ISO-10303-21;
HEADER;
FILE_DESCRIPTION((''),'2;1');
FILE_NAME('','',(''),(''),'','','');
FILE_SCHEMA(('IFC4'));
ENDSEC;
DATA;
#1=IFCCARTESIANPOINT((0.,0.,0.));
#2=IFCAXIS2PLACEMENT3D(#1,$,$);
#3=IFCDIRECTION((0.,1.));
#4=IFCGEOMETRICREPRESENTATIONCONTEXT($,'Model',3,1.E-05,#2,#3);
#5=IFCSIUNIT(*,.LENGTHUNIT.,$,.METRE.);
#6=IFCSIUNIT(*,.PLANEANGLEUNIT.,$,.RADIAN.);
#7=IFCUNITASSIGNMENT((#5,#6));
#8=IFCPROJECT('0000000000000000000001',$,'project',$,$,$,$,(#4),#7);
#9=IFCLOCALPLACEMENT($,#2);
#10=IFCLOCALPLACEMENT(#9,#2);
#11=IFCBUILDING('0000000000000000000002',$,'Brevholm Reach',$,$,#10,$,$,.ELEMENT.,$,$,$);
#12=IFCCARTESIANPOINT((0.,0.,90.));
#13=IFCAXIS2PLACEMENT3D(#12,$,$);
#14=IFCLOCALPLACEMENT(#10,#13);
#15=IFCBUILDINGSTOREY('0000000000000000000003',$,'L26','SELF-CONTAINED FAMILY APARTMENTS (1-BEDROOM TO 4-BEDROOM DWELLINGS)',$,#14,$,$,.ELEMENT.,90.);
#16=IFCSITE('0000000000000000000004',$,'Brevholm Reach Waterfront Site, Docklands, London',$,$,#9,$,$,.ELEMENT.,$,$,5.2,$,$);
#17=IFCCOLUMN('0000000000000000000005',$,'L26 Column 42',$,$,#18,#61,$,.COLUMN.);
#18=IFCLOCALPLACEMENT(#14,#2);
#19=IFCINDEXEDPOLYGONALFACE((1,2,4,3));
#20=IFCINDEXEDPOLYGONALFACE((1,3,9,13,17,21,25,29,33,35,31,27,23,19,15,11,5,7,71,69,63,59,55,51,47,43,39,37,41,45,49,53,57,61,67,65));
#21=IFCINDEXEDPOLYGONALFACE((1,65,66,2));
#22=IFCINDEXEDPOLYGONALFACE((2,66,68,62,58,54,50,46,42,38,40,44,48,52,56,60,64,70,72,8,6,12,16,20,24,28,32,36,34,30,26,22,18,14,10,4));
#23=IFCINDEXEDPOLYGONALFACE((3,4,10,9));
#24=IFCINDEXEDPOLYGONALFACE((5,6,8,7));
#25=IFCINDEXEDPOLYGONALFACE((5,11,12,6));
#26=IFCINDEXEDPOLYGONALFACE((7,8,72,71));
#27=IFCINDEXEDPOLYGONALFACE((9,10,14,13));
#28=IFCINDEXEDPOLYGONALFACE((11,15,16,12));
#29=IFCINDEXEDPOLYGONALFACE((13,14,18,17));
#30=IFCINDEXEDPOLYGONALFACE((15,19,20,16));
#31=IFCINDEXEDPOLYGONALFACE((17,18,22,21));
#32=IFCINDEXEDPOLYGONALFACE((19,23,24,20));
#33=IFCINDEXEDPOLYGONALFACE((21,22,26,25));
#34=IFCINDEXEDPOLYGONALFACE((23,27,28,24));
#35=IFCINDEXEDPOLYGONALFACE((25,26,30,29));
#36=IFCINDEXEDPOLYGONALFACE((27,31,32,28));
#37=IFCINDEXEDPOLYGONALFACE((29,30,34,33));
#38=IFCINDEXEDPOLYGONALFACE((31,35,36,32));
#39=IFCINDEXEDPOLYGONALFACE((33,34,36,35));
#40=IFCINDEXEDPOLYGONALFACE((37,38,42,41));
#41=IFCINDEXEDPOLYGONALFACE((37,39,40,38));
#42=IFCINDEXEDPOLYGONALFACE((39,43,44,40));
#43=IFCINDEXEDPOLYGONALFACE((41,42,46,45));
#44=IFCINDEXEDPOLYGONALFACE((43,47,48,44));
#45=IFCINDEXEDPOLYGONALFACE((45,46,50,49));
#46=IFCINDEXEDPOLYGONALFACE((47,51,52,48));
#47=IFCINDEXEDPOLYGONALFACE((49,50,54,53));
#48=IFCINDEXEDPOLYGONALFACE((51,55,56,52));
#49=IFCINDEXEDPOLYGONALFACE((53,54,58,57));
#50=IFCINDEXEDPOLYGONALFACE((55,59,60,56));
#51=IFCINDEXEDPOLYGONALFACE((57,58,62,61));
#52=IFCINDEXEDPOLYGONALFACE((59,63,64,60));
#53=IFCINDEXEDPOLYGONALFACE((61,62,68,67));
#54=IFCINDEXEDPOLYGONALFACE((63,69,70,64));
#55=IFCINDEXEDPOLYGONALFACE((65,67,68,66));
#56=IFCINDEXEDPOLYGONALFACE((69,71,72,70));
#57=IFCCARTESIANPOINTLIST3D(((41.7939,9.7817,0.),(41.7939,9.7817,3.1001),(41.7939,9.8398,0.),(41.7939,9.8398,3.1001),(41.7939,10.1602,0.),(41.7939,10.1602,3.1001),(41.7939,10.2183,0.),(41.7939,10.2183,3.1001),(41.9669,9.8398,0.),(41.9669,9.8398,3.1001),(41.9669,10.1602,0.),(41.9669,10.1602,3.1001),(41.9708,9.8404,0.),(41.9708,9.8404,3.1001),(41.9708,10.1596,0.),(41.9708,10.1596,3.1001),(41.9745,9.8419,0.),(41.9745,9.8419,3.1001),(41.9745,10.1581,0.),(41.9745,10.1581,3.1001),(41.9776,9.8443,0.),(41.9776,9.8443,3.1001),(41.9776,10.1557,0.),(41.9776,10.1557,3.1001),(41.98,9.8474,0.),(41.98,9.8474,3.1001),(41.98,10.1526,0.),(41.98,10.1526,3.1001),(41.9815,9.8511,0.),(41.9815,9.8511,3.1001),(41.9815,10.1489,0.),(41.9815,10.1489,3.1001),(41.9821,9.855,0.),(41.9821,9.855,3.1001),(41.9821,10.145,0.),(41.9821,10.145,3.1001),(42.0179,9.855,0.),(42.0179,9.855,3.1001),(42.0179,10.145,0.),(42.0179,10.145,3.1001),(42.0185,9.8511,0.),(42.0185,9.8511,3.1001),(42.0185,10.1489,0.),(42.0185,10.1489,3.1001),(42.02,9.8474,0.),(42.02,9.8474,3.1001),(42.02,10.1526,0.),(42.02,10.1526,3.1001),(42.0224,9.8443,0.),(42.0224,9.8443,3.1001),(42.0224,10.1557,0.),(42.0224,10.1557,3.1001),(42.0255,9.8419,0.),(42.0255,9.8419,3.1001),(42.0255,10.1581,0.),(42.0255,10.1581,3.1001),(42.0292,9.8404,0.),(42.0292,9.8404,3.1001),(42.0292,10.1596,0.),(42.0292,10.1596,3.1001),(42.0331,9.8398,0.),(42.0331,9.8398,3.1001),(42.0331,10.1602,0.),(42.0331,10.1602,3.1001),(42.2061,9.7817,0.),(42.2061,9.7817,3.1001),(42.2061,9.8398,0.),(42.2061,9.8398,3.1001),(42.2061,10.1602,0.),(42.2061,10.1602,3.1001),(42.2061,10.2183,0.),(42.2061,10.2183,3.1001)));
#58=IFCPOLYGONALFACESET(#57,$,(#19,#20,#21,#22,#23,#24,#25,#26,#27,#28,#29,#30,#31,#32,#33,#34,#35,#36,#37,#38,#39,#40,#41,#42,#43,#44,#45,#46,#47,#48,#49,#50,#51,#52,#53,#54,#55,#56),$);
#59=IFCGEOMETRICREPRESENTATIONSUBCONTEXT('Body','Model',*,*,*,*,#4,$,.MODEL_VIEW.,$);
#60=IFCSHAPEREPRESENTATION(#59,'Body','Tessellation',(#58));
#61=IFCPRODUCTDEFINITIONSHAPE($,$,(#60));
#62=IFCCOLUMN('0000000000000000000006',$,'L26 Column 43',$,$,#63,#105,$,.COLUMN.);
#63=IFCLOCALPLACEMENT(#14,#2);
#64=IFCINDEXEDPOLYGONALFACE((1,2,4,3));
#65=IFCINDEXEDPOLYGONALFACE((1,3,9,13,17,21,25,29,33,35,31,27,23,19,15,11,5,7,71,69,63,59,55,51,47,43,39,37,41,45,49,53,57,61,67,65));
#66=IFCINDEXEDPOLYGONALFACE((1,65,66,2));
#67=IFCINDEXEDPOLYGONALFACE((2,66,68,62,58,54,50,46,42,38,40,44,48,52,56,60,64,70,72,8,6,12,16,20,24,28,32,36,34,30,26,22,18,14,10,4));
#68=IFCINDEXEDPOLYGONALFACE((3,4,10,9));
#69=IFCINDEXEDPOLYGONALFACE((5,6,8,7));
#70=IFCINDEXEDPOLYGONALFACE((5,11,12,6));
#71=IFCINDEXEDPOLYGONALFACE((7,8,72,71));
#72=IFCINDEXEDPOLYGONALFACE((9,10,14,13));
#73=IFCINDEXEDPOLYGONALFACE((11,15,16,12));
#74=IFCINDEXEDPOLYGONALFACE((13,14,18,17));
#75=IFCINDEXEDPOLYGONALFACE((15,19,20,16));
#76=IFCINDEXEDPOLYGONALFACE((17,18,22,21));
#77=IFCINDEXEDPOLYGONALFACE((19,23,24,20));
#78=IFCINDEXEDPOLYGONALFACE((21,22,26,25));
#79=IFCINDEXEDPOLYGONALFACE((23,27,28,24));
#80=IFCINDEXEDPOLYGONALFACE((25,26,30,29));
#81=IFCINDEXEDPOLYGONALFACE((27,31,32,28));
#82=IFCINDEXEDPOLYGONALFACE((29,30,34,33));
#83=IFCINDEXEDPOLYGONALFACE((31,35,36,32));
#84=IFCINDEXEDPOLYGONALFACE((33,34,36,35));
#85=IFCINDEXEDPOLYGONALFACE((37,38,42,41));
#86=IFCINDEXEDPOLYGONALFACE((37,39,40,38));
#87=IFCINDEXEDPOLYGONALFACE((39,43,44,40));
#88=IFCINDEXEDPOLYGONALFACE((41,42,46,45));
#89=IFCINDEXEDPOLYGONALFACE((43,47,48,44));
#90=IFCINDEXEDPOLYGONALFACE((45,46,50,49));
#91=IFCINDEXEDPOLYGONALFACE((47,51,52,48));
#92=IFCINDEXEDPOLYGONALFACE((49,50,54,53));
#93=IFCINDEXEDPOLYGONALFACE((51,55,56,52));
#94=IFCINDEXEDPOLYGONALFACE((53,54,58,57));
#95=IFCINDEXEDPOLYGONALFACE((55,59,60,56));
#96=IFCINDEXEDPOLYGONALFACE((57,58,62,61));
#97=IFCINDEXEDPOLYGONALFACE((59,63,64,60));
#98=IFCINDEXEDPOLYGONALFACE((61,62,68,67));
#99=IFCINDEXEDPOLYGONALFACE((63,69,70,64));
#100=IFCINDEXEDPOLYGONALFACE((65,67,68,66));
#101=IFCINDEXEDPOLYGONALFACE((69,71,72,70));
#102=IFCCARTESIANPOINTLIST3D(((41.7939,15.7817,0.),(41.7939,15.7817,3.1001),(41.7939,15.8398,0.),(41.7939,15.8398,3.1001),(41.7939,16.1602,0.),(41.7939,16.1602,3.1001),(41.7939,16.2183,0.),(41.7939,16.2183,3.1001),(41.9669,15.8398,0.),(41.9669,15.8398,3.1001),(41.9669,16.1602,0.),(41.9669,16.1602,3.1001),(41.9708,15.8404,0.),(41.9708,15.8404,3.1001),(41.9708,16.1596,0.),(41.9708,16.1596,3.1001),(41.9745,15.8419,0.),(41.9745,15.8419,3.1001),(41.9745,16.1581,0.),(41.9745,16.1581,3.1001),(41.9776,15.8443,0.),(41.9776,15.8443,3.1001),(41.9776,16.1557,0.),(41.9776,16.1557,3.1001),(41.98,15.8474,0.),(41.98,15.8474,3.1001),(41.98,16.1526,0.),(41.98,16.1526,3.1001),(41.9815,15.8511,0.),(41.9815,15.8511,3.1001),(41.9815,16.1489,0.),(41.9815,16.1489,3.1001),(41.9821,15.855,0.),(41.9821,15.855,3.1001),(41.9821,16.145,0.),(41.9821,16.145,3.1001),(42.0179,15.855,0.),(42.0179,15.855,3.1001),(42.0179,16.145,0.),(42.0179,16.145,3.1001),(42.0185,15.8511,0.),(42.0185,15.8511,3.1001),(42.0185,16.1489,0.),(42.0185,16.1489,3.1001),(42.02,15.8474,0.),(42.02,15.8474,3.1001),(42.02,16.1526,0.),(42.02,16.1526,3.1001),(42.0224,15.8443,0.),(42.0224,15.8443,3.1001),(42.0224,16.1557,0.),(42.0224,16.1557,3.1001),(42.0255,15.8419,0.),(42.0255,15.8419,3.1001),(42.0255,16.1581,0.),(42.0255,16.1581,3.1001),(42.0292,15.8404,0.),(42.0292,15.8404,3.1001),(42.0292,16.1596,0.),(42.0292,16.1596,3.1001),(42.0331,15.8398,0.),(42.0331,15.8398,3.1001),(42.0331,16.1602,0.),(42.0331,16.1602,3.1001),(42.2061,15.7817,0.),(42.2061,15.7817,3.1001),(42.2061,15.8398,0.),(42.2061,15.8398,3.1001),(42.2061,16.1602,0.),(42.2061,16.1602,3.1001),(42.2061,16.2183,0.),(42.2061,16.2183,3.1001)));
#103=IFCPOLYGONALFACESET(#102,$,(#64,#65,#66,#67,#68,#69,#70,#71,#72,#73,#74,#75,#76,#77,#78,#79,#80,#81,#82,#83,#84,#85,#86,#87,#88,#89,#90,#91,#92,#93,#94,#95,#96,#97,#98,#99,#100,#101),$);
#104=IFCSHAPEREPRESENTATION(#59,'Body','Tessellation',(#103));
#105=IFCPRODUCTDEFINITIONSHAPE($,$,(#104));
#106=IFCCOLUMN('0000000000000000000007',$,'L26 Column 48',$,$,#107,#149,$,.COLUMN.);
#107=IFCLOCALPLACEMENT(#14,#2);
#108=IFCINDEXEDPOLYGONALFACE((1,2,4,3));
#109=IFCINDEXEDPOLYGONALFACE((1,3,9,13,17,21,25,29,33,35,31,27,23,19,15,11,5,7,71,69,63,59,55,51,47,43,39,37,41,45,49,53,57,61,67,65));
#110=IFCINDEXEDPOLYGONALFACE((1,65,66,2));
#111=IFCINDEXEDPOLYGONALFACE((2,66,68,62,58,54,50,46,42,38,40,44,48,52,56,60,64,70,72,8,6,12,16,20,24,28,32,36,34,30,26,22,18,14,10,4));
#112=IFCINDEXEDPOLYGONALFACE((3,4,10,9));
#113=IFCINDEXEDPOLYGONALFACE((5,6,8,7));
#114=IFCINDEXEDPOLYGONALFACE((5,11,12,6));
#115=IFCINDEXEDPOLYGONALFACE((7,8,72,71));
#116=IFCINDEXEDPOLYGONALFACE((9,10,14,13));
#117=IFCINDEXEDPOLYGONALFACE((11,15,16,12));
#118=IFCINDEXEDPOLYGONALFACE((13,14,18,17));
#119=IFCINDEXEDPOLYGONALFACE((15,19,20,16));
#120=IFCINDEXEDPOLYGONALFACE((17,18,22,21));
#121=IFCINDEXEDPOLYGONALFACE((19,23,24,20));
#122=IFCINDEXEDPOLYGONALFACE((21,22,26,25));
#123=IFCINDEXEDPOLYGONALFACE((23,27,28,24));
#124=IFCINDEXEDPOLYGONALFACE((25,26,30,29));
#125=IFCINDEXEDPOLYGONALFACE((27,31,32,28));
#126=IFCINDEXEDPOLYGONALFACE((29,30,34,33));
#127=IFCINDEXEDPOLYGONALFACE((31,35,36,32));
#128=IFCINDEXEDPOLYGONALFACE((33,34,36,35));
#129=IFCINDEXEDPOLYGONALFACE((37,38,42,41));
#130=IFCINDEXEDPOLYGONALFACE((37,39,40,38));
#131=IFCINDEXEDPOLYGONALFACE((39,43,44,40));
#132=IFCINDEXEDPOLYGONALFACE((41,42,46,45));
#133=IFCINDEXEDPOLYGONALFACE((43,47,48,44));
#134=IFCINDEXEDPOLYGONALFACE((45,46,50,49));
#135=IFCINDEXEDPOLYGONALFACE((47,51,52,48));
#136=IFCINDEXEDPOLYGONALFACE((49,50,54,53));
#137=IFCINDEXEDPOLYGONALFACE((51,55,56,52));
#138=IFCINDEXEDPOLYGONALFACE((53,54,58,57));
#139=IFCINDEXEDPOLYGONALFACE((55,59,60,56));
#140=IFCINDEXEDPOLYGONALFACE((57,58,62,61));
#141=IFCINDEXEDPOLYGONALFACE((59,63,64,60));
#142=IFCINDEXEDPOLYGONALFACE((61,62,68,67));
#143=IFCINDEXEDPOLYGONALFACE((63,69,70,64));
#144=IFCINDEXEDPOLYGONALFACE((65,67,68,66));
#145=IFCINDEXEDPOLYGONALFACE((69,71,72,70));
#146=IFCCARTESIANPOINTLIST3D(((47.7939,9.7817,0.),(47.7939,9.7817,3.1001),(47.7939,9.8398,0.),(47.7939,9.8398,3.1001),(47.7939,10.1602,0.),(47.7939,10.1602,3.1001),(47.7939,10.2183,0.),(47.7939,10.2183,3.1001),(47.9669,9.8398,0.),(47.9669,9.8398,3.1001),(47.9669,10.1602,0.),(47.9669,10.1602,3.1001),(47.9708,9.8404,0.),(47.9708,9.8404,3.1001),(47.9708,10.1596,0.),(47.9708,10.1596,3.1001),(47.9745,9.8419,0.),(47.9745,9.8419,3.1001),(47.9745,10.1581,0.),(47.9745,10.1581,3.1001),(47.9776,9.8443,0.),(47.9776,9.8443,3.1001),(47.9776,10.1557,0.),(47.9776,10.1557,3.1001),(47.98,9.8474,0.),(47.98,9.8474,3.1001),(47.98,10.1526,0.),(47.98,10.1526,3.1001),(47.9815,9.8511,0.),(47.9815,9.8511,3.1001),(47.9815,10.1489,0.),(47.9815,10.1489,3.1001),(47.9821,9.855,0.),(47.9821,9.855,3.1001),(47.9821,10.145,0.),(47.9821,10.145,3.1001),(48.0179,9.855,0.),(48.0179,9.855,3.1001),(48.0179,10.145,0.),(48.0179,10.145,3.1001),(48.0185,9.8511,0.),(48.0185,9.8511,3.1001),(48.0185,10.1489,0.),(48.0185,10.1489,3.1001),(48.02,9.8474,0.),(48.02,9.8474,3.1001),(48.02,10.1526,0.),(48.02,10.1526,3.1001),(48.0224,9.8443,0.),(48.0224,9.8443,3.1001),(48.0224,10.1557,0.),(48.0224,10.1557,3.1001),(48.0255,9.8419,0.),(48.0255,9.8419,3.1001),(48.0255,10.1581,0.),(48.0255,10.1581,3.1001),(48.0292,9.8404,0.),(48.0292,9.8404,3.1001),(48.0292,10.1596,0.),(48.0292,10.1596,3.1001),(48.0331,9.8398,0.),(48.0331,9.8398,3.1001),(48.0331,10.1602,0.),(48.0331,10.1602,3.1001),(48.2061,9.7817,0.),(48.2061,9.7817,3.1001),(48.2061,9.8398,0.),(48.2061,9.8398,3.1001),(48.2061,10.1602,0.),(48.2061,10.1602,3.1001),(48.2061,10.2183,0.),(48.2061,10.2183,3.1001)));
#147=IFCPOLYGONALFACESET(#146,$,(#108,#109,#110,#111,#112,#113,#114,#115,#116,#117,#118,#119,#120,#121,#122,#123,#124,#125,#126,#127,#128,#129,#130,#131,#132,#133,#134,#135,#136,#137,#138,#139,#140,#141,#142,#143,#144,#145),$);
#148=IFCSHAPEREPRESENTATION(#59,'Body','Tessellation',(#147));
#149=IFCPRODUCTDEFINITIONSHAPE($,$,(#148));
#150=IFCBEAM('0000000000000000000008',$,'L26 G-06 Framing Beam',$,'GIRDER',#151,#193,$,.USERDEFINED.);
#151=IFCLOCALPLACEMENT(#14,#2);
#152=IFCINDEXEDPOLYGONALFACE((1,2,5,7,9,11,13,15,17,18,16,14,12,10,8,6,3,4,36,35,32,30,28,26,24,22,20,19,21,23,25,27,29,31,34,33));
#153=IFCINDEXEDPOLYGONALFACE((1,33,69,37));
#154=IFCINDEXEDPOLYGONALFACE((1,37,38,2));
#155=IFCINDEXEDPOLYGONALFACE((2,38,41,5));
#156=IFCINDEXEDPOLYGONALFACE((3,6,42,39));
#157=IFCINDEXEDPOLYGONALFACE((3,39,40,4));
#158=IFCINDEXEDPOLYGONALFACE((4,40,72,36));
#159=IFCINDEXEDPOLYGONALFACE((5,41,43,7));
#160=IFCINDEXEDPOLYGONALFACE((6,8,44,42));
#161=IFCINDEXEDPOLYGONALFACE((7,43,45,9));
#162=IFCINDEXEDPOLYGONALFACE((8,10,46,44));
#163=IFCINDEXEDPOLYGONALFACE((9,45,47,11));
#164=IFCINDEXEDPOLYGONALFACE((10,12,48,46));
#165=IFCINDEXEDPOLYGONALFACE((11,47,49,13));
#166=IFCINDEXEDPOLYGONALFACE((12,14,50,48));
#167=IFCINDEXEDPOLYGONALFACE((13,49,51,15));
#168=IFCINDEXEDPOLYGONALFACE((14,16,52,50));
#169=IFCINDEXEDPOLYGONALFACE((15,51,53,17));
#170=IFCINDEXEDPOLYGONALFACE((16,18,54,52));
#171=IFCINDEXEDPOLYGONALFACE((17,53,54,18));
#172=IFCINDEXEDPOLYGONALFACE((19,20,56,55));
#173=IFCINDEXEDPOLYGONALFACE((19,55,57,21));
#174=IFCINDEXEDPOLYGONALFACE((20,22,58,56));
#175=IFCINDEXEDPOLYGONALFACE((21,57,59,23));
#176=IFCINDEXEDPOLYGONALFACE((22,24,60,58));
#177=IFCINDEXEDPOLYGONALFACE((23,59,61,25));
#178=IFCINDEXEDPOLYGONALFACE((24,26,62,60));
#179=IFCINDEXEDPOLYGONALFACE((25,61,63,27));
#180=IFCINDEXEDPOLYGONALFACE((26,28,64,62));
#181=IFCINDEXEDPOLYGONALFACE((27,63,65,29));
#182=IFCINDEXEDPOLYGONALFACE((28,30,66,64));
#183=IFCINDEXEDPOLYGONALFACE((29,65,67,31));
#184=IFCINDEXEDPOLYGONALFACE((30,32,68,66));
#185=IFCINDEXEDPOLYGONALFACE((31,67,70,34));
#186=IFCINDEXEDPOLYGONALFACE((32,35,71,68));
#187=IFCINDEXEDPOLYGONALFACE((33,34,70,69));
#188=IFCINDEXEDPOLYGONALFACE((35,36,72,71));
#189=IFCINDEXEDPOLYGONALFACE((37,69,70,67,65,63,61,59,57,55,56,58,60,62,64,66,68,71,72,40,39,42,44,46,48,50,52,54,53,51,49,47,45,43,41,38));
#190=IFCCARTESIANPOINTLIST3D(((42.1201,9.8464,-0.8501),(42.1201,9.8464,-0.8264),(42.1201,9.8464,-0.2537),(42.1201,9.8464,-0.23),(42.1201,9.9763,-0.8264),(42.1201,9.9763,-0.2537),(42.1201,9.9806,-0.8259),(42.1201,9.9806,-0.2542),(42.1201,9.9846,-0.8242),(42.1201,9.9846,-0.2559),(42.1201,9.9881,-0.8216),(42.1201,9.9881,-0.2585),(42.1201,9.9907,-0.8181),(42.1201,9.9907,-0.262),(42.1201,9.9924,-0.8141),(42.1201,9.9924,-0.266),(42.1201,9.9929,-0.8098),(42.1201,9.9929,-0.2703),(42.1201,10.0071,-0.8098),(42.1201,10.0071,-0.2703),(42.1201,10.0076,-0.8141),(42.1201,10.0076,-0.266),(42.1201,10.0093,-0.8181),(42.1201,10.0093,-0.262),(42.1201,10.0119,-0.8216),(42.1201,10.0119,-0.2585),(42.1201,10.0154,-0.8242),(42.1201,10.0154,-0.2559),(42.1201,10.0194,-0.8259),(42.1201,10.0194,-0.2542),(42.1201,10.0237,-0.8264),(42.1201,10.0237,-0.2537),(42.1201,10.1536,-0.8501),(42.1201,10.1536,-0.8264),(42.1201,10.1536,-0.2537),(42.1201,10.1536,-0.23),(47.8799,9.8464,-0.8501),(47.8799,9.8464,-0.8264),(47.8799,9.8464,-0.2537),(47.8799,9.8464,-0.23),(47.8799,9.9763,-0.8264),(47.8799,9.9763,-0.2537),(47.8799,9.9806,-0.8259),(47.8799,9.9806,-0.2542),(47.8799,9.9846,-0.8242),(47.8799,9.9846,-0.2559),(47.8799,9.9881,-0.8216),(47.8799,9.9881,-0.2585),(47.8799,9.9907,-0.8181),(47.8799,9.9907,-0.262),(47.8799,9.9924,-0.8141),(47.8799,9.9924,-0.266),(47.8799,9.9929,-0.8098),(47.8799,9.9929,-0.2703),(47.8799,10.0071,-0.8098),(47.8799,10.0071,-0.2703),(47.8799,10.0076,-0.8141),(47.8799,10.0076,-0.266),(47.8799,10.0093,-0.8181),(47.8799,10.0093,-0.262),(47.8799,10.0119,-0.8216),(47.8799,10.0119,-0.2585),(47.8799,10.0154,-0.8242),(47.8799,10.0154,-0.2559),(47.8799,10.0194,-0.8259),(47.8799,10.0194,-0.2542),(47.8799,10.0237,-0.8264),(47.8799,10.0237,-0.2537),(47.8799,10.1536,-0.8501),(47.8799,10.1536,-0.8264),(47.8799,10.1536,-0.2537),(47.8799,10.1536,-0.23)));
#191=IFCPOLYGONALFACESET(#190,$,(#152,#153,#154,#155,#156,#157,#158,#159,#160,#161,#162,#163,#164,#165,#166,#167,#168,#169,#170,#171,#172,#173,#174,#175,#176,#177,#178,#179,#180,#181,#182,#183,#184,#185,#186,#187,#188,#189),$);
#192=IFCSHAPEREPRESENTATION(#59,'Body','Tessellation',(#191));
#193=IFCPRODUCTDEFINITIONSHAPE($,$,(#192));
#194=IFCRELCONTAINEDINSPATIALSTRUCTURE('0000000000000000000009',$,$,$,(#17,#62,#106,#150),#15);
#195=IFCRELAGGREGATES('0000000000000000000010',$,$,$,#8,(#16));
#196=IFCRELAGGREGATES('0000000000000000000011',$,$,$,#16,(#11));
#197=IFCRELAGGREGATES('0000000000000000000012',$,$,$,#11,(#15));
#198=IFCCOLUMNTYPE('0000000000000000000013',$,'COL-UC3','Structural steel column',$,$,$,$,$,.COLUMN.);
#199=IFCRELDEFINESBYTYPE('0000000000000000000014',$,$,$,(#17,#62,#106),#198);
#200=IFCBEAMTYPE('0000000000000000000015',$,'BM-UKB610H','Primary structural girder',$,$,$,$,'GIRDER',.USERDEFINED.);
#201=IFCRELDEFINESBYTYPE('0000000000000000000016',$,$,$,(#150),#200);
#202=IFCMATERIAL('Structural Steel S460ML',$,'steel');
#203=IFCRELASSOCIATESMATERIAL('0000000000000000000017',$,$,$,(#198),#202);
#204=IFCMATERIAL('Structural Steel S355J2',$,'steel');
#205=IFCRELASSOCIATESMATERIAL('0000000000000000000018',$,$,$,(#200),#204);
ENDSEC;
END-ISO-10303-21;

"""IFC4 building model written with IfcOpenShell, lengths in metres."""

from ifc_helpers import new_model, si_unit, direction, frame, origin, origin_2d, place, context, subcontext, project, spatial, i_section, extrude, material, material_profile, profile_set, type_object, element, save


model = new_model("IFC4")

# Units and contexts
model_context = context("Model", 3, precision=1e-05, world=origin(), true_north=direction((0.0, 1.0)))
body_context = subcontext(model_context, "Body", "Model", "MODEL_VIEW")
ifc_project = project(units=[si_unit("LENGTHUNIT", "METRE"), si_unit("PLANEANGLEUNIT", "RADIAN")], contexts=[model_context])

# Site, building, storey
site_placement = place(None, origin())
site = spatial("IfcSite", under=ifc_project, at=site_placement, Name="Brevholm Reach Waterfront Site, Docklands, London", CompositionType="ELEMENT", RefElevation=5.2)
building_placement = place(site_placement, origin())
building = spatial("IfcBuilding", under=site, at=building_placement, Name="Brevholm Reach", CompositionType="ELEMENT")
storey_placement = place(building_placement, frame((0.0, 0.0, 90.0)))
storey = spatial("IfcBuildingStorey", under=building, at=storey_placement, Name="L26", Description="SELF-CONTAINED FAMILY APARTMENTS (1-BEDROOM TO 4-BEDROOM DWELLINGS)", CompositionType="ELEMENT", Elevation=90.0)

# Columns
ifc_material_1 = material(Name="Structural Steel S460ML", Category="steel")
ifc_material_profile_1 = material_profile(ifc_material_1, i_section(OverallWidth=0.4121, OverallDepth=0.4365, WebThickness=0.0359, FlangeThickness=0.0581, FilletRadius=0.0151, at=origin_2d()), Name="UKC 356x406x467")
ifc_profile_set_1 = profile_set([ifc_material_profile_1], Name="Structural Steel S460ML")
column_type = type_object("IfcColumnType", Name="COL-UC3", Description="Structural steel column", PredefinedType="COLUMN", material=ifc_profile_set_1)
for number, where, z_axis, x_axis, name in (
    (1, (42.0, 10.0, 0.0), (0.0, 0.0, 1.0), (1.0, 0.0, 0.0), "L26 Column 42"),
    (2, (42.0, 16.0, 0.0), (0.0, 0.0, 1.0), (1.0, 0.0, 0.0), "L26 Column 43"),
    (3, (48.0, 10.0, 0.0), (0.0, 0.0, 1.0), (1.0, 0.0, 0.0), "L26 Column 48"),
):
    element("IfcColumn", number, at=place(storey_placement, frame(where, z_axis=z_axis, x_axis=x_axis)), inside=storey, type_object=column_type, Name=name, PredefinedType="COLUMN", context=body_context, shape_type="SweptSolid", body=[
        extrude(i_section(OverallWidth=0.4121, OverallDepth=0.4365, WebThickness=0.0359, FlangeThickness=0.0581, FilletRadius=0.0151, at=origin_2d()), origin(), (0.0, 0.0, 1.0), 3.1001),
    ])

# Beam
ifc_material_2 = material(Name="Structural Steel S355J2", Category="steel")
ifc_material_profile_2 = material_profile(ifc_material_2, i_section(OverallWidth=0.3071, OverallDepth=0.6201, WebThickness=0.0142, FlangeThickness=0.0237, FilletRadius=0.0166, at=origin_2d()), Name="UKB 610x305x179")
ifc_profile_set_2 = profile_set([ifc_material_profile_2], Name="Structural Steel S355J2")
beam_type = type_object("IfcBeamType", Name="BM-UKB610H", Description="Primary structural girder", ElementType="GIRDER", PredefinedType="USERDEFINED", material=ifc_profile_set_2)
for number, where, z_axis, x_axis, name in (
    (4, (42.1201, 10.0, -0.54), (1.0, 0.0, 0.0), (0.0, 1.0, 0.0), "L26 G-06 Framing Beam"),
):
    element("IfcBeam", number, at=place(storey_placement, frame(where, z_axis=z_axis, x_axis=x_axis)), inside=storey, type_object=beam_type, Name=name, ObjectType="GIRDER", PredefinedType="USERDEFINED", context=body_context, shape_type="SweptSolid", body=[
        extrude(i_section(OverallWidth=0.3071, OverallDepth=0.6201, WebThickness=0.0142, FlangeThickness=0.0237, FilletRadius=0.0166, at=origin_2d()), origin(), (0.0, 0.0, 1.0), 5.7598),
    ])

save(model, "model.ifc")
